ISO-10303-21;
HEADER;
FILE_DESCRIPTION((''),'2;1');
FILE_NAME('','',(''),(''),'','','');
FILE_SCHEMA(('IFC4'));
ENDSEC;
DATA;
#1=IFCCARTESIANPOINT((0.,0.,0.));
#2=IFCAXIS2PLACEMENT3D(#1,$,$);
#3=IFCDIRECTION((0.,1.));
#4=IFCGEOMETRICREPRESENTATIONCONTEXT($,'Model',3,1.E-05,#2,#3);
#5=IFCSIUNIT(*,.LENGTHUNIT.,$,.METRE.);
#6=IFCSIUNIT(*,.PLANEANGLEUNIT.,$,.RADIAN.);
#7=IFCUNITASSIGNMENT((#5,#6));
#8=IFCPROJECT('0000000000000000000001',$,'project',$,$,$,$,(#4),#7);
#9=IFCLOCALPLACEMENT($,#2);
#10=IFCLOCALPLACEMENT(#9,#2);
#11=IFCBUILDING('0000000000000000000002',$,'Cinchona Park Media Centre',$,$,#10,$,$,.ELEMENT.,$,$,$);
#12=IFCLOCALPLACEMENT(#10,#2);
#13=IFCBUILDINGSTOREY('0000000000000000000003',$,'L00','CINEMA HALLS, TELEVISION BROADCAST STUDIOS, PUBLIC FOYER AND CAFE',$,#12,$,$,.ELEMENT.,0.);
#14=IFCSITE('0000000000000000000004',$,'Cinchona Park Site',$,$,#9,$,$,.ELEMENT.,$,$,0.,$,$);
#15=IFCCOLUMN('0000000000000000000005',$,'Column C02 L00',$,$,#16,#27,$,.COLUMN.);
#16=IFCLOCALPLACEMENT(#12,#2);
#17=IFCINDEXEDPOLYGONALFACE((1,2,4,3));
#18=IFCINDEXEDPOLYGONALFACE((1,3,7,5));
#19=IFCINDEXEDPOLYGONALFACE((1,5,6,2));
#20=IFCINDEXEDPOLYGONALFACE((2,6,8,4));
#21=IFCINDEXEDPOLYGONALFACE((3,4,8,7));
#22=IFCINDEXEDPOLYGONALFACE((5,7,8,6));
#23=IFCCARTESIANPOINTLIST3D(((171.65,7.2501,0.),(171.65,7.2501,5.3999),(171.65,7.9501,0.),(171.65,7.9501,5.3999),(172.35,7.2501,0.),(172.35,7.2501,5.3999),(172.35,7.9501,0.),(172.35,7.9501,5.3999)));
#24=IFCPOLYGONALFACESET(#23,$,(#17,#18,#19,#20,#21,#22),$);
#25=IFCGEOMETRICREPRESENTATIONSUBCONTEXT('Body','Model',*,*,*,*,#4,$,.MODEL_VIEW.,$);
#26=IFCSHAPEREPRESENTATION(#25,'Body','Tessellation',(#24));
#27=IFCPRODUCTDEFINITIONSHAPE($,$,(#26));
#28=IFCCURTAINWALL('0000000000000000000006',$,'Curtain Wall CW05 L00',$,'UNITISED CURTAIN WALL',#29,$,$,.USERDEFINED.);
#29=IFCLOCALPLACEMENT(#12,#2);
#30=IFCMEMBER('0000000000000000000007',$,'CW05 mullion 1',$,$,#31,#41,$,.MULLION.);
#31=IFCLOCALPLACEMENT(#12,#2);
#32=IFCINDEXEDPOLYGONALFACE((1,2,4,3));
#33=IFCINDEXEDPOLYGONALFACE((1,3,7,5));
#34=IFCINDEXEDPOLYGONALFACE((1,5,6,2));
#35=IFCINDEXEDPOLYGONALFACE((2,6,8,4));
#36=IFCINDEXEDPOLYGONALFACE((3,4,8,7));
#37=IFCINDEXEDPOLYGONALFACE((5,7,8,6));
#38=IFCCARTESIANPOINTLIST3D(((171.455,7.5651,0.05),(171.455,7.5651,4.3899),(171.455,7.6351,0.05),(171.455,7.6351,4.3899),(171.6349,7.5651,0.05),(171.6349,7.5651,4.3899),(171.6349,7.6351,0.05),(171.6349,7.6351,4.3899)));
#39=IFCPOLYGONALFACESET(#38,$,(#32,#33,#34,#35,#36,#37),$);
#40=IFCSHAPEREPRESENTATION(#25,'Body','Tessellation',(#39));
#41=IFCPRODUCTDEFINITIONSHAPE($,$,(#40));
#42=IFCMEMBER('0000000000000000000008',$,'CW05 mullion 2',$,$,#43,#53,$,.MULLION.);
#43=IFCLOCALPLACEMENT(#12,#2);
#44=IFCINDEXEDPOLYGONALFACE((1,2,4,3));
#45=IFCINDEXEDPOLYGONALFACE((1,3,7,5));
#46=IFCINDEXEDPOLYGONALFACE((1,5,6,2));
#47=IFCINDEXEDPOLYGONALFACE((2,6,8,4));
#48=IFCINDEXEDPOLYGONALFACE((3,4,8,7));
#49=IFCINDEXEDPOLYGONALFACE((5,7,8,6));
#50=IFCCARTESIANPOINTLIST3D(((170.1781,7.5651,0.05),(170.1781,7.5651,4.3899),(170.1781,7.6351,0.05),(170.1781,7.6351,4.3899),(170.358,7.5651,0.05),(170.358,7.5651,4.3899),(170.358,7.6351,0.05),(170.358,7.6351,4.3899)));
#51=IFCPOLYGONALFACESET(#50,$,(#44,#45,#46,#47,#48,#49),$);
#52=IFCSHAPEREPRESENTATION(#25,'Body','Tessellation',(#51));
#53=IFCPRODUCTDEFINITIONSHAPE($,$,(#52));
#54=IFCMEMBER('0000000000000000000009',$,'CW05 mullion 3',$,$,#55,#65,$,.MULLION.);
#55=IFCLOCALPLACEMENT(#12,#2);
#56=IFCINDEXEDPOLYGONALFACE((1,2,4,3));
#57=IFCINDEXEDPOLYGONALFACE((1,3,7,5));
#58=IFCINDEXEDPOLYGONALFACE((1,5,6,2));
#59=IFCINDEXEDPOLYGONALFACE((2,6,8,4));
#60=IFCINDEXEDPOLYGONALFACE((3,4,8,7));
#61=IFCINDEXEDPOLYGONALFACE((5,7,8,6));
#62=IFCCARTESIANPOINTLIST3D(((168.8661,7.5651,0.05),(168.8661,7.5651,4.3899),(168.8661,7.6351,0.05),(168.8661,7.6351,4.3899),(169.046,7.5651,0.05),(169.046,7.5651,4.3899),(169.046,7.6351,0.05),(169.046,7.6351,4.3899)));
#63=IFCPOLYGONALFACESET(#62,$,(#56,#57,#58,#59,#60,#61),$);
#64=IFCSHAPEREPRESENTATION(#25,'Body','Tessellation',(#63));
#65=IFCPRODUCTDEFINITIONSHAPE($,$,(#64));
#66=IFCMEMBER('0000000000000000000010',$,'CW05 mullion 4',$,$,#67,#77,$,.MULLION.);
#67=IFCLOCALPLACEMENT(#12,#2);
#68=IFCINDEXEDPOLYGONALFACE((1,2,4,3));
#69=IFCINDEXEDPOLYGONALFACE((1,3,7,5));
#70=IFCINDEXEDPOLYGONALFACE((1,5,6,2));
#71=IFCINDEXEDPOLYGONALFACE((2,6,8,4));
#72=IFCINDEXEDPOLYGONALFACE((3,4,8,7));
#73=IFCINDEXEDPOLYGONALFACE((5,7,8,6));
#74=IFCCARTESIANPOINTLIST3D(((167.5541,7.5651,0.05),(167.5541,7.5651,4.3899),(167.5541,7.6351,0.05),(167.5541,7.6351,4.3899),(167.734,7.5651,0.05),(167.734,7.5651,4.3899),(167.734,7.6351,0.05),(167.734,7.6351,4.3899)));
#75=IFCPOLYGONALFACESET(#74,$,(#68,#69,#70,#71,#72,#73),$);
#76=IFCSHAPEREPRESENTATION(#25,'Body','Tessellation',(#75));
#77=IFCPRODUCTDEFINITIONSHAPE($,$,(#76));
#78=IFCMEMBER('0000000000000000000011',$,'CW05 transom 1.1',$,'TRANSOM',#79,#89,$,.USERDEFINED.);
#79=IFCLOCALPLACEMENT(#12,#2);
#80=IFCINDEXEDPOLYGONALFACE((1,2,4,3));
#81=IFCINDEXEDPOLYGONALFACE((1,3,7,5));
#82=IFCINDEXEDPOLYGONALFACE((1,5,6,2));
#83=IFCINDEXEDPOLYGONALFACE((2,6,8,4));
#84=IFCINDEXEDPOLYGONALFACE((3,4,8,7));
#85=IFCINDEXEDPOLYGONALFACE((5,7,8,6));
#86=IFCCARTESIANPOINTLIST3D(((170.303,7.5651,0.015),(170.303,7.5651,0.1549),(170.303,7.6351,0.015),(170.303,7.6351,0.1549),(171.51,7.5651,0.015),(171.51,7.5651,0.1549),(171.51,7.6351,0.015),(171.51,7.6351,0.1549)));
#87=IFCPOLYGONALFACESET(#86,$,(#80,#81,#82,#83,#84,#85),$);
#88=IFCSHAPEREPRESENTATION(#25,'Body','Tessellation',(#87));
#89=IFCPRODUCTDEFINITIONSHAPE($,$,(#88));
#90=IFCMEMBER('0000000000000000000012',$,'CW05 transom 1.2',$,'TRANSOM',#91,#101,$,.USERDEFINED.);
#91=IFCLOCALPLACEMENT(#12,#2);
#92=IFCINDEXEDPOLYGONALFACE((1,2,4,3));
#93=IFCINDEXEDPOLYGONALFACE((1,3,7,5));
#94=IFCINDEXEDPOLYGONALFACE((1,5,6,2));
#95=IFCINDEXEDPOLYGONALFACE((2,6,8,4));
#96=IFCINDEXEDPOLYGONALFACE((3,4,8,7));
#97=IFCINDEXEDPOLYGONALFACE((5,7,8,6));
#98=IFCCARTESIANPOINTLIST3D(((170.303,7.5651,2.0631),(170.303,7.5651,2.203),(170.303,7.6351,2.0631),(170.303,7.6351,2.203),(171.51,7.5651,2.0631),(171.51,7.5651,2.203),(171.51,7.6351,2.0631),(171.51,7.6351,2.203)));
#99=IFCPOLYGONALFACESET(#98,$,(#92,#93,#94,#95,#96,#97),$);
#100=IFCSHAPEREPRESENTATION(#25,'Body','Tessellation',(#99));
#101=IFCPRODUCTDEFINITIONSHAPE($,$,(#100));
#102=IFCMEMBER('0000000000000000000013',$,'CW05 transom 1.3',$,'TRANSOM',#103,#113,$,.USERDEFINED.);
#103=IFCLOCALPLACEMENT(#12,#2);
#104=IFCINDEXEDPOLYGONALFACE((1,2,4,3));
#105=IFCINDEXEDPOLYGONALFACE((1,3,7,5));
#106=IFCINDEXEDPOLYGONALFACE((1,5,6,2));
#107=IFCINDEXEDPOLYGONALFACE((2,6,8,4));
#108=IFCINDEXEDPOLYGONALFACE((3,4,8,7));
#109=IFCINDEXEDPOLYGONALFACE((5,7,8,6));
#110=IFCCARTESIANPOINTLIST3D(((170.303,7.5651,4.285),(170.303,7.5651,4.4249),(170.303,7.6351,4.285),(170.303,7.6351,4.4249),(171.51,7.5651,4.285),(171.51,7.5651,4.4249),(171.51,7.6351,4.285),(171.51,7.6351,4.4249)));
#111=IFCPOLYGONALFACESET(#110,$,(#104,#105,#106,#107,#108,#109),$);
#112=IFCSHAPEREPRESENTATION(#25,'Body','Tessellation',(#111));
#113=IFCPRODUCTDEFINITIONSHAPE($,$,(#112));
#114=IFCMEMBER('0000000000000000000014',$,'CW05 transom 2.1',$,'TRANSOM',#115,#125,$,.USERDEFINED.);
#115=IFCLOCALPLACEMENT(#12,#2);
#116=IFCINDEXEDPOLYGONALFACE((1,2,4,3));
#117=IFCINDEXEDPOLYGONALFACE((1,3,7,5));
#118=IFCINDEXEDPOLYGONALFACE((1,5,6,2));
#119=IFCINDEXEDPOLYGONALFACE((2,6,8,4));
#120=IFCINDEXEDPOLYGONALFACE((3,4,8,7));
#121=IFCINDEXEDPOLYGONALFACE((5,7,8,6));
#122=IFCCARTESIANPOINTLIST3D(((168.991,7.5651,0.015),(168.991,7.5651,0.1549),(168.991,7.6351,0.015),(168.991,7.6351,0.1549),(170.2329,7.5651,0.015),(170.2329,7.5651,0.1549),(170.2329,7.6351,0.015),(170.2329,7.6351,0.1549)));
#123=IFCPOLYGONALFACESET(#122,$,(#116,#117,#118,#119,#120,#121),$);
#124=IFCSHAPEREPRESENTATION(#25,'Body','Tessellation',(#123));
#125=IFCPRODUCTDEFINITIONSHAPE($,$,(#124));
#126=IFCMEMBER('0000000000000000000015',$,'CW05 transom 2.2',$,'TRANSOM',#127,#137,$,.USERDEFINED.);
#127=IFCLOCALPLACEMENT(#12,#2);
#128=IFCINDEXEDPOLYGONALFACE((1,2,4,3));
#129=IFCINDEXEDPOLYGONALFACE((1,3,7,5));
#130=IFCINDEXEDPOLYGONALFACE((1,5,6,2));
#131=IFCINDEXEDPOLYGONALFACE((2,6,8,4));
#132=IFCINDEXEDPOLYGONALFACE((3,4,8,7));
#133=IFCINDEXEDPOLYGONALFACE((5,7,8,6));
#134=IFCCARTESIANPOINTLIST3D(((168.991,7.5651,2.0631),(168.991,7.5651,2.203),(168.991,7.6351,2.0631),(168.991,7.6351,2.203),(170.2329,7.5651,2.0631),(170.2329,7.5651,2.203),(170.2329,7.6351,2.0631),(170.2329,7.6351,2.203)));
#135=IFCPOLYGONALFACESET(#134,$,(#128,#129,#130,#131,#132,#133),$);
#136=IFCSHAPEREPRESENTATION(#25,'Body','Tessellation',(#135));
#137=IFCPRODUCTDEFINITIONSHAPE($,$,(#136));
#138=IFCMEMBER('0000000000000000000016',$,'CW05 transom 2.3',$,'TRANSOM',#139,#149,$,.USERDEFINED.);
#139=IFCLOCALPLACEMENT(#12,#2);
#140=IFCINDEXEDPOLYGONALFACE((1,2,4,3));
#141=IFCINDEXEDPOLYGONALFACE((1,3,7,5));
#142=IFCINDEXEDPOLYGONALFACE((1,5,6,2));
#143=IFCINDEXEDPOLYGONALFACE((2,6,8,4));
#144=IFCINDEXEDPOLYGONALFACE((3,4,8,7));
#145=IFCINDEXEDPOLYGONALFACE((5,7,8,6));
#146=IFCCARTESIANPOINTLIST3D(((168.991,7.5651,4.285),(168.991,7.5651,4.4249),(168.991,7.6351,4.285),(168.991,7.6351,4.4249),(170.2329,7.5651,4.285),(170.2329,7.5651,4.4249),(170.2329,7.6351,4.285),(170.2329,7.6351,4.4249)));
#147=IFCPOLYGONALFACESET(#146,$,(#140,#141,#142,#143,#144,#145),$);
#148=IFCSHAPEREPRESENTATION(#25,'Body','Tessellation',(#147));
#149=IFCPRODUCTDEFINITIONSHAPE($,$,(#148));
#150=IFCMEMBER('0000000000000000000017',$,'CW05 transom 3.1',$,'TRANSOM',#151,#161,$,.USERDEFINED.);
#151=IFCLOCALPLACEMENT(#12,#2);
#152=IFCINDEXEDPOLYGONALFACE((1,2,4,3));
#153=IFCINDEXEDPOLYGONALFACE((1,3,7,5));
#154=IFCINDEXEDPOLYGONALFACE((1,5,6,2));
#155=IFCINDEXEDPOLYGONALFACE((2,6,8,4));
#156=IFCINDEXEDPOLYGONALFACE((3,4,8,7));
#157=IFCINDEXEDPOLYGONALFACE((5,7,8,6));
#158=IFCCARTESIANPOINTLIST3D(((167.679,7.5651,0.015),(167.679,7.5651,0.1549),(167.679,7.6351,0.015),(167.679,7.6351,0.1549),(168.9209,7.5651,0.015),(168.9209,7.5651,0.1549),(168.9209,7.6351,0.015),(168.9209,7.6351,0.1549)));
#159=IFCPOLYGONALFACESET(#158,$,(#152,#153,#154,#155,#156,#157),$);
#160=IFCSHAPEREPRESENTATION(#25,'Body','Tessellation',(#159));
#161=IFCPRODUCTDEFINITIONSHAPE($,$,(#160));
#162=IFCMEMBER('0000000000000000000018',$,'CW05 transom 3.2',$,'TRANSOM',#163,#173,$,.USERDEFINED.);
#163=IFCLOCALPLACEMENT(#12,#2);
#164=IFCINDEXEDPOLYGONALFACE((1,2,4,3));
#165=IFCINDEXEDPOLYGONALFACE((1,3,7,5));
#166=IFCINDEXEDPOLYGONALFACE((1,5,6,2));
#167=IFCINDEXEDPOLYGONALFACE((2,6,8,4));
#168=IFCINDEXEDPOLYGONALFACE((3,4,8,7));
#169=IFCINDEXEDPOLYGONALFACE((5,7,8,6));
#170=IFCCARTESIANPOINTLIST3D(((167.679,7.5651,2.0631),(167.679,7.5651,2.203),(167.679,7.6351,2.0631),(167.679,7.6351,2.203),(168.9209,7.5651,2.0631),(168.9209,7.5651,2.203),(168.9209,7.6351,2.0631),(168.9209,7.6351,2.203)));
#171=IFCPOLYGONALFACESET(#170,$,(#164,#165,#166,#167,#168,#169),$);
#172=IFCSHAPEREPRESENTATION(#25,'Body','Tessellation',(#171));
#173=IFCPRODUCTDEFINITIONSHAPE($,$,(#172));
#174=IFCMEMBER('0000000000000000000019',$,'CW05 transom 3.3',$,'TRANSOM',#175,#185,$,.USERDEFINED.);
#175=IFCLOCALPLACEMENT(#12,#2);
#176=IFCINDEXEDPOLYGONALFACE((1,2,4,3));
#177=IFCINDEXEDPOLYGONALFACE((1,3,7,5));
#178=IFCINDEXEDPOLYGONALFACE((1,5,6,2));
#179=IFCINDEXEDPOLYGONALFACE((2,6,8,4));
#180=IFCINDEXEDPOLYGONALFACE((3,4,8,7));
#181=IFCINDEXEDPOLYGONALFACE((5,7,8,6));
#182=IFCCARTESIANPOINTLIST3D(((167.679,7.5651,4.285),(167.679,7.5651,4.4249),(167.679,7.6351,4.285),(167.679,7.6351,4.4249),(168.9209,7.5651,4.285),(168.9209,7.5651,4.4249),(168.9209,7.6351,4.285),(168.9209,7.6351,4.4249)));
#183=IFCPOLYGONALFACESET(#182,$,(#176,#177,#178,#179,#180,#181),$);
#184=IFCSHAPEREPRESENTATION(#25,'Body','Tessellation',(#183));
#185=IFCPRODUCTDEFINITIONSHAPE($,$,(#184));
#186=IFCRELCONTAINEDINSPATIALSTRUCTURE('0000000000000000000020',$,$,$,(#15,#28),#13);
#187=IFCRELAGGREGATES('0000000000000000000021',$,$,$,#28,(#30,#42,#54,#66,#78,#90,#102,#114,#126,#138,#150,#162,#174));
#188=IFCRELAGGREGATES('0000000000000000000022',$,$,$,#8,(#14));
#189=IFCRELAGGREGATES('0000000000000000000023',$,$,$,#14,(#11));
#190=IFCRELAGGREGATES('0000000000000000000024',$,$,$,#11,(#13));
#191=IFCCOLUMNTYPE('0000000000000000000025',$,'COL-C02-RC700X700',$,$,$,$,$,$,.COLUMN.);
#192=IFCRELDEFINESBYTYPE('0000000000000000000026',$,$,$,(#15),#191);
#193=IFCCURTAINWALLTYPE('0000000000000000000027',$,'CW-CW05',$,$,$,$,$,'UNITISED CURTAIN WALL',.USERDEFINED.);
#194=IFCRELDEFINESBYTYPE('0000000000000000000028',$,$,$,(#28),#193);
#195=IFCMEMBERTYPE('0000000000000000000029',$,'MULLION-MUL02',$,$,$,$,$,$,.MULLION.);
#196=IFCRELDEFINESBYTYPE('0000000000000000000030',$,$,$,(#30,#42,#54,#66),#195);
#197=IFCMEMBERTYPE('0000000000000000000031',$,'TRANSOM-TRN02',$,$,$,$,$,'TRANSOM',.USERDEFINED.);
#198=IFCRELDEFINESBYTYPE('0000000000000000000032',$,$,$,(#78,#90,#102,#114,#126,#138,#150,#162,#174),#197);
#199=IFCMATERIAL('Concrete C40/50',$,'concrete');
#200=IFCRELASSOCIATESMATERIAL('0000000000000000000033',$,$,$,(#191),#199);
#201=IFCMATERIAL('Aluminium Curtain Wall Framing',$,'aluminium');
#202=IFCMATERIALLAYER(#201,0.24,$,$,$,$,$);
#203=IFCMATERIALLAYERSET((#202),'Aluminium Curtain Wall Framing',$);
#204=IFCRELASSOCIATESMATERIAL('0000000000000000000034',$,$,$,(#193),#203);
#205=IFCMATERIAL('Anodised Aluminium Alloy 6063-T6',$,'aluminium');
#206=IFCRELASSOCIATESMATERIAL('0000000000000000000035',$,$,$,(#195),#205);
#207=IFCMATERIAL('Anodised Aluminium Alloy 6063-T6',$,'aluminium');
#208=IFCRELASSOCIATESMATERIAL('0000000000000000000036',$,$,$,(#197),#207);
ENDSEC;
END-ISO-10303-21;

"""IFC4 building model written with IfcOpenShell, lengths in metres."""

from ifc_helpers import new_model, si_unit, direction, frame, origin, origin_2d, place, context, subcontext, project, spatial, rectangle, extrude, material, layer, layer_set, material_profile, profile_set, type_object, element, aggregate, save


model = new_model("IFC4")

# Units and contexts
model_context = context("Model", 3, precision=1e-05, world=origin(), true_north=direction((0.0, 1.0)))
body_context = subcontext(model_context, "Body", "Model", "MODEL_VIEW")
ifc_project = project(units=[si_unit("LENGTHUNIT", "METRE"), si_unit("PLANEANGLEUNIT", "RADIAN")], contexts=[model_context])

# Site, building, storey
site_placement = place(None, origin())
site = spatial("IfcSite", under=ifc_project, at=site_placement, Name="Cinchona Park Site", CompositionType="ELEMENT", RefElevation=0.0)
building_placement = place(site_placement, origin())
building = spatial("IfcBuilding", under=site, at=building_placement, Name="Cinchona Park Media Centre", CompositionType="ELEMENT")
storey_placement = place(building_placement, origin())
storey = spatial("IfcBuildingStorey", under=building, at=storey_placement, Name="L00", Description="CINEMA HALLS, TELEVISION BROADCAST STUDIOS, PUBLIC FOYER AND CAFE", CompositionType="ELEMENT", Elevation=0.0)

# Column
ifc_material_1 = material(Name="Concrete C40/50", Category="concrete")
ifc_material_profile_1 = material_profile(ifc_material_1, rectangle(XDim=0.7, YDim=0.7, at=origin_2d()), Name="RC 700X700")
ifc_profile_set_1 = profile_set([ifc_material_profile_1], Name="Concrete C40/50")
column_type = type_object("IfcColumnType", Name="COL-C02-RC700X700", PredefinedType="COLUMN", material=ifc_profile_set_1)
column_placement = place(storey_placement, frame((172.0, 7.6001, 0.0), z_axis=(0.0, 0.0, 1.0), x_axis=(1.0, 0.0, 0.0)))
element("IfcColumn", 1, at=column_placement, inside=storey, type_object=column_type, Name="Column C02 L00", PredefinedType="COLUMN", context=body_context, shape_type="SweptSolid", body=[
    extrude(rectangle(XDim=0.7, YDim=0.7, at=origin_2d()), origin(), (0.0, 0.0, 1.0), 5.3999),
])

# Curtain wall, members
ifc_material_2 = material(Name="Aluminium Curtain Wall Framing", Category="aluminium")
ifc_layer_1 = layer(ifc_material_2, 0.24)
ifc_layer_set_1 = layer_set([ifc_layer_1], Name="Aluminium Curtain Wall Framing")
curtain_wall_type = type_object("IfcCurtainWallType", Name="CW-CW05", ElementType="UNITISED CURTAIN WALL", PredefinedType="USERDEFINED", material=ifc_layer_set_1)
curtain_wall_placement = place(storey_placement, origin())
curtain_wall = element("IfcCurtainWall", 2, at=curtain_wall_placement, inside=storey, type_object=curtain_wall_type, Name="Curtain Wall CW05 L00", ObjectType="UNITISED CURTAIN WALL", PredefinedType="USERDEFINED")
ifc_material_3 = material(Name="Anodised Aluminium Alloy 6063-T6", Category="aluminium")
ifc_material_profile_2 = material_profile(ifc_material_3, rectangle(XDim=0.0701, YDim=0.1799, at=origin_2d()), Name="MUL-70X180")
ifc_profile_set_2 = profile_set([ifc_material_profile_2], Name="Anodised Aluminium Alloy 6063-T6")
member_type_1 = type_object("IfcMemberType", Name="MULLION-MUL02", PredefinedType="MULLION", material=ifc_profile_set_2)
member_1_placement = place(storey_placement, frame((171.5449, 7.6001, 0.05), z_axis=(0.0, 0.0, 1.0), x_axis=(0.0, -1.0, 0.0)))
member_1 = element("IfcMember", 3, at=member_1_placement, type_object=member_type_1, Name="CW05 mullion 1", PredefinedType="MULLION", context=body_context, shape_type="SweptSolid", body=[
    extrude(rectangle(XDim=0.0701, YDim=0.1799, at=origin_2d()), origin(), (0.0, 0.0, 1.0), 4.3398),
])
member_2_placement = place(storey_placement, frame((170.2681, 7.6001, 0.05), z_axis=(0.0, 0.0, 1.0), x_axis=(0.0, -1.0, 0.0)))
member_2 = element("IfcMember", 4, at=member_2_placement, type_object=member_type_1, Name="CW05 mullion 2", PredefinedType="MULLION", context=body_context, shape_type="SweptSolid", body=[
    extrude(rectangle(XDim=0.0701, YDim=0.1799, at=origin_2d()), origin(), (0.0, 0.0, 1.0), 4.3398),
])
member_3_placement = place(storey_placement, frame((168.9561, 7.6001, 0.05), z_axis=(0.0, 0.0, 1.0), x_axis=(0.0, -1.0, 0.0)))
member_3 = element("IfcMember", 5, at=member_3_placement, type_object=member_type_1, Name="CW05 mullion 3", PredefinedType="MULLION", context=body_context, shape_type="SweptSolid", body=[
    extrude(rectangle(XDim=0.0701, YDim=0.1799, at=origin_2d()), origin(), (0.0, 0.0, 1.0), 4.3398),
])
member_4_placement = place(storey_placement, frame((167.644, 7.6001, 0.05), z_axis=(0.0, 0.0, 1.0), x_axis=(0.0, -1.0, 0.0)))
member_4 = element("IfcMember", 6, at=member_4_placement, type_object=member_type_1, Name="CW05 mullion 4", PredefinedType="MULLION", context=body_context, shape_type="SweptSolid", body=[
    extrude(rectangle(XDim=0.0701, YDim=0.1799, at=origin_2d()), origin(), (0.0, 0.0, 1.0), 4.3398),
])
ifc_material_4 = material(Name="Anodised Aluminium Alloy 6063-T6", Category="aluminium")
ifc_material_profile_3 = material_profile(ifc_material_4, rectangle(XDim=0.0701, YDim=0.1399, at=origin_2d()), Name="TRN-70X140")
ifc_profile_set_3 = profile_set([ifc_material_profile_3], Name="Anodised Aluminium Alloy 6063-T6")
member_type_2 = type_object("IfcMemberType", Name="TRANSOM-TRN02", ElementType="TRANSOM", PredefinedType="USERDEFINED", material=ifc_profile_set_3)
member_5_placement = place(storey_placement, frame((171.51, 7.6001, 0.085), z_axis=(-1.0, 0.0, 0.0), x_axis=(0.0, -1.0, 0.0)))
member_5 = element("IfcMember", 7, at=member_5_placement, type_object=member_type_2, Name="CW05 transom 1.1", ObjectType="TRANSOM", PredefinedType="USERDEFINED", context=body_context, shape_type="SweptSolid", body=[
    extrude(rectangle(XDim=0.0701, YDim=0.1399, at=origin_2d()), origin(), (0.0, 0.0, 1.0), 1.207),
])
member_6_placement = place(storey_placement, frame((171.51, 7.6001, 2.1331), z_axis=(-1.0, 0.0, 0.0), x_axis=(0.0, -1.0, 0.0)))
member_6 = element("IfcMember", 8, at=member_6_placement, type_object=member_type_2, Name="CW05 transom 1.2", ObjectType="TRANSOM", PredefinedType="USERDEFINED", context=body_context, shape_type="SweptSolid", body=[
    extrude(rectangle(XDim=0.0701, YDim=0.1399, at=origin_2d()), origin(), (0.0, 0.0, 1.0), 1.207),
])
member_7_placement = place(storey_placement, frame((171.51, 7.6001, 4.355), z_axis=(-1.0, 0.0, 0.0), x_axis=(0.0, -1.0, 0.0)))
member_7 = element("IfcMember", 9, at=member_7_placement, type_object=member_type_2, Name="CW05 transom 1.3", ObjectType="TRANSOM", PredefinedType="USERDEFINED", context=body_context, shape_type="SweptSolid", body=[
    extrude(rectangle(XDim=0.0701, YDim=0.1399, at=origin_2d()), origin(), (0.0, 0.0, 1.0), 1.207),
])
member_8_placement = place(storey_placement, frame((170.2329, 7.6001, 0.085), z_axis=(-1.0, 0.0, 0.0), x_axis=(0.0, -1.0, 0.0)))
member_8 = element("IfcMember", 10, at=member_8_placement, type_object=member_type_2, Name="CW05 transom 2.1", ObjectType="TRANSOM", PredefinedType="USERDEFINED", context=body_context, shape_type="SweptSolid", body=[
    extrude(rectangle(XDim=0.0701, YDim=0.1399, at=origin_2d()), origin(), (0.0, 0.0, 1.0), 1.2419),
])
member_9_placement = place(storey_placement, frame((170.2329, 7.6001, 2.1331), z_axis=(-1.0, 0.0, 0.0), x_axis=(0.0, -1.0, 0.0)))
member_9 = element("IfcMember", 11, at=member_9_placement, type_object=member_type_2, Name="CW05 transom 2.2", ObjectType="TRANSOM", PredefinedType="USERDEFINED", context=body_context, shape_type="SweptSolid", body=[
    extrude(rectangle(XDim=0.0701, YDim=0.1399, at=origin_2d()), origin(), (0.0, 0.0, 1.0), 1.2419),
])
member_10_placement = place(storey_placement, frame((170.2329, 7.6001, 4.355), z_axis=(-1.0, 0.0, 0.0), x_axis=(0.0, -1.0, 0.0)))
member_10 = element("IfcMember", 12, at=member_10_placement, type_object=member_type_2, Name="CW05 transom 2.3", ObjectType="TRANSOM", PredefinedType="USERDEFINED", context=body_context, shape_type="SweptSolid", body=[
    extrude(rectangle(XDim=0.0701, YDim=0.1399, at=origin_2d()), origin(), (0.0, 0.0, 1.0), 1.2419),
])
member_11_placement = place(storey_placement, frame((168.9209, 7.6001, 0.085), z_axis=(-1.0, 0.0, 0.0), x_axis=(0.0, -1.0, 0.0)))
member_11 = element("IfcMember", 13, at=member_11_placement, type_object=member_type_2, Name="CW05 transom 3.1", ObjectType="TRANSOM", PredefinedType="USERDEFINED", context=body_context, shape_type="SweptSolid", body=[
    extrude(rectangle(XDim=0.0701, YDim=0.1399, at=origin_2d()), origin(), (0.0, 0.0, 1.0), 1.2419),
])
member_12_placement = place(storey_placement, frame((168.9209, 7.6001, 2.1331), z_axis=(-1.0, 0.0, 0.0), x_axis=(0.0, -1.0, 0.0)))
member_12 = element("IfcMember", 14, at=member_12_placement, type_object=member_type_2, Name="CW05 transom 3.2", ObjectType="TRANSOM", PredefinedType="USERDEFINED", context=body_context, shape_type="SweptSolid", body=[
    extrude(rectangle(XDim=0.0701, YDim=0.1399, at=origin_2d()), origin(), (0.0, 0.0, 1.0), 1.2419),
])
member_13_placement = place(storey_placement, frame((168.9209, 7.6001, 4.355), z_axis=(-1.0, 0.0, 0.0), x_axis=(0.0, -1.0, 0.0)))
member_13 = element("IfcMember", 15, at=member_13_placement, type_object=member_type_2, Name="CW05 transom 3.3", ObjectType="TRANSOM", PredefinedType="USERDEFINED", context=body_context, shape_type="SweptSolid", body=[
    extrude(rectangle(XDim=0.0701, YDim=0.1399, at=origin_2d()), origin(), (0.0, 0.0, 1.0), 1.2419),
])
aggregate(curtain_wall, [member_1, member_2, member_3, member_4, member_5, member_6, member_7, member_8, member_9, member_10, member_11, member_12, member_13])

save(model, "model.ifc")
